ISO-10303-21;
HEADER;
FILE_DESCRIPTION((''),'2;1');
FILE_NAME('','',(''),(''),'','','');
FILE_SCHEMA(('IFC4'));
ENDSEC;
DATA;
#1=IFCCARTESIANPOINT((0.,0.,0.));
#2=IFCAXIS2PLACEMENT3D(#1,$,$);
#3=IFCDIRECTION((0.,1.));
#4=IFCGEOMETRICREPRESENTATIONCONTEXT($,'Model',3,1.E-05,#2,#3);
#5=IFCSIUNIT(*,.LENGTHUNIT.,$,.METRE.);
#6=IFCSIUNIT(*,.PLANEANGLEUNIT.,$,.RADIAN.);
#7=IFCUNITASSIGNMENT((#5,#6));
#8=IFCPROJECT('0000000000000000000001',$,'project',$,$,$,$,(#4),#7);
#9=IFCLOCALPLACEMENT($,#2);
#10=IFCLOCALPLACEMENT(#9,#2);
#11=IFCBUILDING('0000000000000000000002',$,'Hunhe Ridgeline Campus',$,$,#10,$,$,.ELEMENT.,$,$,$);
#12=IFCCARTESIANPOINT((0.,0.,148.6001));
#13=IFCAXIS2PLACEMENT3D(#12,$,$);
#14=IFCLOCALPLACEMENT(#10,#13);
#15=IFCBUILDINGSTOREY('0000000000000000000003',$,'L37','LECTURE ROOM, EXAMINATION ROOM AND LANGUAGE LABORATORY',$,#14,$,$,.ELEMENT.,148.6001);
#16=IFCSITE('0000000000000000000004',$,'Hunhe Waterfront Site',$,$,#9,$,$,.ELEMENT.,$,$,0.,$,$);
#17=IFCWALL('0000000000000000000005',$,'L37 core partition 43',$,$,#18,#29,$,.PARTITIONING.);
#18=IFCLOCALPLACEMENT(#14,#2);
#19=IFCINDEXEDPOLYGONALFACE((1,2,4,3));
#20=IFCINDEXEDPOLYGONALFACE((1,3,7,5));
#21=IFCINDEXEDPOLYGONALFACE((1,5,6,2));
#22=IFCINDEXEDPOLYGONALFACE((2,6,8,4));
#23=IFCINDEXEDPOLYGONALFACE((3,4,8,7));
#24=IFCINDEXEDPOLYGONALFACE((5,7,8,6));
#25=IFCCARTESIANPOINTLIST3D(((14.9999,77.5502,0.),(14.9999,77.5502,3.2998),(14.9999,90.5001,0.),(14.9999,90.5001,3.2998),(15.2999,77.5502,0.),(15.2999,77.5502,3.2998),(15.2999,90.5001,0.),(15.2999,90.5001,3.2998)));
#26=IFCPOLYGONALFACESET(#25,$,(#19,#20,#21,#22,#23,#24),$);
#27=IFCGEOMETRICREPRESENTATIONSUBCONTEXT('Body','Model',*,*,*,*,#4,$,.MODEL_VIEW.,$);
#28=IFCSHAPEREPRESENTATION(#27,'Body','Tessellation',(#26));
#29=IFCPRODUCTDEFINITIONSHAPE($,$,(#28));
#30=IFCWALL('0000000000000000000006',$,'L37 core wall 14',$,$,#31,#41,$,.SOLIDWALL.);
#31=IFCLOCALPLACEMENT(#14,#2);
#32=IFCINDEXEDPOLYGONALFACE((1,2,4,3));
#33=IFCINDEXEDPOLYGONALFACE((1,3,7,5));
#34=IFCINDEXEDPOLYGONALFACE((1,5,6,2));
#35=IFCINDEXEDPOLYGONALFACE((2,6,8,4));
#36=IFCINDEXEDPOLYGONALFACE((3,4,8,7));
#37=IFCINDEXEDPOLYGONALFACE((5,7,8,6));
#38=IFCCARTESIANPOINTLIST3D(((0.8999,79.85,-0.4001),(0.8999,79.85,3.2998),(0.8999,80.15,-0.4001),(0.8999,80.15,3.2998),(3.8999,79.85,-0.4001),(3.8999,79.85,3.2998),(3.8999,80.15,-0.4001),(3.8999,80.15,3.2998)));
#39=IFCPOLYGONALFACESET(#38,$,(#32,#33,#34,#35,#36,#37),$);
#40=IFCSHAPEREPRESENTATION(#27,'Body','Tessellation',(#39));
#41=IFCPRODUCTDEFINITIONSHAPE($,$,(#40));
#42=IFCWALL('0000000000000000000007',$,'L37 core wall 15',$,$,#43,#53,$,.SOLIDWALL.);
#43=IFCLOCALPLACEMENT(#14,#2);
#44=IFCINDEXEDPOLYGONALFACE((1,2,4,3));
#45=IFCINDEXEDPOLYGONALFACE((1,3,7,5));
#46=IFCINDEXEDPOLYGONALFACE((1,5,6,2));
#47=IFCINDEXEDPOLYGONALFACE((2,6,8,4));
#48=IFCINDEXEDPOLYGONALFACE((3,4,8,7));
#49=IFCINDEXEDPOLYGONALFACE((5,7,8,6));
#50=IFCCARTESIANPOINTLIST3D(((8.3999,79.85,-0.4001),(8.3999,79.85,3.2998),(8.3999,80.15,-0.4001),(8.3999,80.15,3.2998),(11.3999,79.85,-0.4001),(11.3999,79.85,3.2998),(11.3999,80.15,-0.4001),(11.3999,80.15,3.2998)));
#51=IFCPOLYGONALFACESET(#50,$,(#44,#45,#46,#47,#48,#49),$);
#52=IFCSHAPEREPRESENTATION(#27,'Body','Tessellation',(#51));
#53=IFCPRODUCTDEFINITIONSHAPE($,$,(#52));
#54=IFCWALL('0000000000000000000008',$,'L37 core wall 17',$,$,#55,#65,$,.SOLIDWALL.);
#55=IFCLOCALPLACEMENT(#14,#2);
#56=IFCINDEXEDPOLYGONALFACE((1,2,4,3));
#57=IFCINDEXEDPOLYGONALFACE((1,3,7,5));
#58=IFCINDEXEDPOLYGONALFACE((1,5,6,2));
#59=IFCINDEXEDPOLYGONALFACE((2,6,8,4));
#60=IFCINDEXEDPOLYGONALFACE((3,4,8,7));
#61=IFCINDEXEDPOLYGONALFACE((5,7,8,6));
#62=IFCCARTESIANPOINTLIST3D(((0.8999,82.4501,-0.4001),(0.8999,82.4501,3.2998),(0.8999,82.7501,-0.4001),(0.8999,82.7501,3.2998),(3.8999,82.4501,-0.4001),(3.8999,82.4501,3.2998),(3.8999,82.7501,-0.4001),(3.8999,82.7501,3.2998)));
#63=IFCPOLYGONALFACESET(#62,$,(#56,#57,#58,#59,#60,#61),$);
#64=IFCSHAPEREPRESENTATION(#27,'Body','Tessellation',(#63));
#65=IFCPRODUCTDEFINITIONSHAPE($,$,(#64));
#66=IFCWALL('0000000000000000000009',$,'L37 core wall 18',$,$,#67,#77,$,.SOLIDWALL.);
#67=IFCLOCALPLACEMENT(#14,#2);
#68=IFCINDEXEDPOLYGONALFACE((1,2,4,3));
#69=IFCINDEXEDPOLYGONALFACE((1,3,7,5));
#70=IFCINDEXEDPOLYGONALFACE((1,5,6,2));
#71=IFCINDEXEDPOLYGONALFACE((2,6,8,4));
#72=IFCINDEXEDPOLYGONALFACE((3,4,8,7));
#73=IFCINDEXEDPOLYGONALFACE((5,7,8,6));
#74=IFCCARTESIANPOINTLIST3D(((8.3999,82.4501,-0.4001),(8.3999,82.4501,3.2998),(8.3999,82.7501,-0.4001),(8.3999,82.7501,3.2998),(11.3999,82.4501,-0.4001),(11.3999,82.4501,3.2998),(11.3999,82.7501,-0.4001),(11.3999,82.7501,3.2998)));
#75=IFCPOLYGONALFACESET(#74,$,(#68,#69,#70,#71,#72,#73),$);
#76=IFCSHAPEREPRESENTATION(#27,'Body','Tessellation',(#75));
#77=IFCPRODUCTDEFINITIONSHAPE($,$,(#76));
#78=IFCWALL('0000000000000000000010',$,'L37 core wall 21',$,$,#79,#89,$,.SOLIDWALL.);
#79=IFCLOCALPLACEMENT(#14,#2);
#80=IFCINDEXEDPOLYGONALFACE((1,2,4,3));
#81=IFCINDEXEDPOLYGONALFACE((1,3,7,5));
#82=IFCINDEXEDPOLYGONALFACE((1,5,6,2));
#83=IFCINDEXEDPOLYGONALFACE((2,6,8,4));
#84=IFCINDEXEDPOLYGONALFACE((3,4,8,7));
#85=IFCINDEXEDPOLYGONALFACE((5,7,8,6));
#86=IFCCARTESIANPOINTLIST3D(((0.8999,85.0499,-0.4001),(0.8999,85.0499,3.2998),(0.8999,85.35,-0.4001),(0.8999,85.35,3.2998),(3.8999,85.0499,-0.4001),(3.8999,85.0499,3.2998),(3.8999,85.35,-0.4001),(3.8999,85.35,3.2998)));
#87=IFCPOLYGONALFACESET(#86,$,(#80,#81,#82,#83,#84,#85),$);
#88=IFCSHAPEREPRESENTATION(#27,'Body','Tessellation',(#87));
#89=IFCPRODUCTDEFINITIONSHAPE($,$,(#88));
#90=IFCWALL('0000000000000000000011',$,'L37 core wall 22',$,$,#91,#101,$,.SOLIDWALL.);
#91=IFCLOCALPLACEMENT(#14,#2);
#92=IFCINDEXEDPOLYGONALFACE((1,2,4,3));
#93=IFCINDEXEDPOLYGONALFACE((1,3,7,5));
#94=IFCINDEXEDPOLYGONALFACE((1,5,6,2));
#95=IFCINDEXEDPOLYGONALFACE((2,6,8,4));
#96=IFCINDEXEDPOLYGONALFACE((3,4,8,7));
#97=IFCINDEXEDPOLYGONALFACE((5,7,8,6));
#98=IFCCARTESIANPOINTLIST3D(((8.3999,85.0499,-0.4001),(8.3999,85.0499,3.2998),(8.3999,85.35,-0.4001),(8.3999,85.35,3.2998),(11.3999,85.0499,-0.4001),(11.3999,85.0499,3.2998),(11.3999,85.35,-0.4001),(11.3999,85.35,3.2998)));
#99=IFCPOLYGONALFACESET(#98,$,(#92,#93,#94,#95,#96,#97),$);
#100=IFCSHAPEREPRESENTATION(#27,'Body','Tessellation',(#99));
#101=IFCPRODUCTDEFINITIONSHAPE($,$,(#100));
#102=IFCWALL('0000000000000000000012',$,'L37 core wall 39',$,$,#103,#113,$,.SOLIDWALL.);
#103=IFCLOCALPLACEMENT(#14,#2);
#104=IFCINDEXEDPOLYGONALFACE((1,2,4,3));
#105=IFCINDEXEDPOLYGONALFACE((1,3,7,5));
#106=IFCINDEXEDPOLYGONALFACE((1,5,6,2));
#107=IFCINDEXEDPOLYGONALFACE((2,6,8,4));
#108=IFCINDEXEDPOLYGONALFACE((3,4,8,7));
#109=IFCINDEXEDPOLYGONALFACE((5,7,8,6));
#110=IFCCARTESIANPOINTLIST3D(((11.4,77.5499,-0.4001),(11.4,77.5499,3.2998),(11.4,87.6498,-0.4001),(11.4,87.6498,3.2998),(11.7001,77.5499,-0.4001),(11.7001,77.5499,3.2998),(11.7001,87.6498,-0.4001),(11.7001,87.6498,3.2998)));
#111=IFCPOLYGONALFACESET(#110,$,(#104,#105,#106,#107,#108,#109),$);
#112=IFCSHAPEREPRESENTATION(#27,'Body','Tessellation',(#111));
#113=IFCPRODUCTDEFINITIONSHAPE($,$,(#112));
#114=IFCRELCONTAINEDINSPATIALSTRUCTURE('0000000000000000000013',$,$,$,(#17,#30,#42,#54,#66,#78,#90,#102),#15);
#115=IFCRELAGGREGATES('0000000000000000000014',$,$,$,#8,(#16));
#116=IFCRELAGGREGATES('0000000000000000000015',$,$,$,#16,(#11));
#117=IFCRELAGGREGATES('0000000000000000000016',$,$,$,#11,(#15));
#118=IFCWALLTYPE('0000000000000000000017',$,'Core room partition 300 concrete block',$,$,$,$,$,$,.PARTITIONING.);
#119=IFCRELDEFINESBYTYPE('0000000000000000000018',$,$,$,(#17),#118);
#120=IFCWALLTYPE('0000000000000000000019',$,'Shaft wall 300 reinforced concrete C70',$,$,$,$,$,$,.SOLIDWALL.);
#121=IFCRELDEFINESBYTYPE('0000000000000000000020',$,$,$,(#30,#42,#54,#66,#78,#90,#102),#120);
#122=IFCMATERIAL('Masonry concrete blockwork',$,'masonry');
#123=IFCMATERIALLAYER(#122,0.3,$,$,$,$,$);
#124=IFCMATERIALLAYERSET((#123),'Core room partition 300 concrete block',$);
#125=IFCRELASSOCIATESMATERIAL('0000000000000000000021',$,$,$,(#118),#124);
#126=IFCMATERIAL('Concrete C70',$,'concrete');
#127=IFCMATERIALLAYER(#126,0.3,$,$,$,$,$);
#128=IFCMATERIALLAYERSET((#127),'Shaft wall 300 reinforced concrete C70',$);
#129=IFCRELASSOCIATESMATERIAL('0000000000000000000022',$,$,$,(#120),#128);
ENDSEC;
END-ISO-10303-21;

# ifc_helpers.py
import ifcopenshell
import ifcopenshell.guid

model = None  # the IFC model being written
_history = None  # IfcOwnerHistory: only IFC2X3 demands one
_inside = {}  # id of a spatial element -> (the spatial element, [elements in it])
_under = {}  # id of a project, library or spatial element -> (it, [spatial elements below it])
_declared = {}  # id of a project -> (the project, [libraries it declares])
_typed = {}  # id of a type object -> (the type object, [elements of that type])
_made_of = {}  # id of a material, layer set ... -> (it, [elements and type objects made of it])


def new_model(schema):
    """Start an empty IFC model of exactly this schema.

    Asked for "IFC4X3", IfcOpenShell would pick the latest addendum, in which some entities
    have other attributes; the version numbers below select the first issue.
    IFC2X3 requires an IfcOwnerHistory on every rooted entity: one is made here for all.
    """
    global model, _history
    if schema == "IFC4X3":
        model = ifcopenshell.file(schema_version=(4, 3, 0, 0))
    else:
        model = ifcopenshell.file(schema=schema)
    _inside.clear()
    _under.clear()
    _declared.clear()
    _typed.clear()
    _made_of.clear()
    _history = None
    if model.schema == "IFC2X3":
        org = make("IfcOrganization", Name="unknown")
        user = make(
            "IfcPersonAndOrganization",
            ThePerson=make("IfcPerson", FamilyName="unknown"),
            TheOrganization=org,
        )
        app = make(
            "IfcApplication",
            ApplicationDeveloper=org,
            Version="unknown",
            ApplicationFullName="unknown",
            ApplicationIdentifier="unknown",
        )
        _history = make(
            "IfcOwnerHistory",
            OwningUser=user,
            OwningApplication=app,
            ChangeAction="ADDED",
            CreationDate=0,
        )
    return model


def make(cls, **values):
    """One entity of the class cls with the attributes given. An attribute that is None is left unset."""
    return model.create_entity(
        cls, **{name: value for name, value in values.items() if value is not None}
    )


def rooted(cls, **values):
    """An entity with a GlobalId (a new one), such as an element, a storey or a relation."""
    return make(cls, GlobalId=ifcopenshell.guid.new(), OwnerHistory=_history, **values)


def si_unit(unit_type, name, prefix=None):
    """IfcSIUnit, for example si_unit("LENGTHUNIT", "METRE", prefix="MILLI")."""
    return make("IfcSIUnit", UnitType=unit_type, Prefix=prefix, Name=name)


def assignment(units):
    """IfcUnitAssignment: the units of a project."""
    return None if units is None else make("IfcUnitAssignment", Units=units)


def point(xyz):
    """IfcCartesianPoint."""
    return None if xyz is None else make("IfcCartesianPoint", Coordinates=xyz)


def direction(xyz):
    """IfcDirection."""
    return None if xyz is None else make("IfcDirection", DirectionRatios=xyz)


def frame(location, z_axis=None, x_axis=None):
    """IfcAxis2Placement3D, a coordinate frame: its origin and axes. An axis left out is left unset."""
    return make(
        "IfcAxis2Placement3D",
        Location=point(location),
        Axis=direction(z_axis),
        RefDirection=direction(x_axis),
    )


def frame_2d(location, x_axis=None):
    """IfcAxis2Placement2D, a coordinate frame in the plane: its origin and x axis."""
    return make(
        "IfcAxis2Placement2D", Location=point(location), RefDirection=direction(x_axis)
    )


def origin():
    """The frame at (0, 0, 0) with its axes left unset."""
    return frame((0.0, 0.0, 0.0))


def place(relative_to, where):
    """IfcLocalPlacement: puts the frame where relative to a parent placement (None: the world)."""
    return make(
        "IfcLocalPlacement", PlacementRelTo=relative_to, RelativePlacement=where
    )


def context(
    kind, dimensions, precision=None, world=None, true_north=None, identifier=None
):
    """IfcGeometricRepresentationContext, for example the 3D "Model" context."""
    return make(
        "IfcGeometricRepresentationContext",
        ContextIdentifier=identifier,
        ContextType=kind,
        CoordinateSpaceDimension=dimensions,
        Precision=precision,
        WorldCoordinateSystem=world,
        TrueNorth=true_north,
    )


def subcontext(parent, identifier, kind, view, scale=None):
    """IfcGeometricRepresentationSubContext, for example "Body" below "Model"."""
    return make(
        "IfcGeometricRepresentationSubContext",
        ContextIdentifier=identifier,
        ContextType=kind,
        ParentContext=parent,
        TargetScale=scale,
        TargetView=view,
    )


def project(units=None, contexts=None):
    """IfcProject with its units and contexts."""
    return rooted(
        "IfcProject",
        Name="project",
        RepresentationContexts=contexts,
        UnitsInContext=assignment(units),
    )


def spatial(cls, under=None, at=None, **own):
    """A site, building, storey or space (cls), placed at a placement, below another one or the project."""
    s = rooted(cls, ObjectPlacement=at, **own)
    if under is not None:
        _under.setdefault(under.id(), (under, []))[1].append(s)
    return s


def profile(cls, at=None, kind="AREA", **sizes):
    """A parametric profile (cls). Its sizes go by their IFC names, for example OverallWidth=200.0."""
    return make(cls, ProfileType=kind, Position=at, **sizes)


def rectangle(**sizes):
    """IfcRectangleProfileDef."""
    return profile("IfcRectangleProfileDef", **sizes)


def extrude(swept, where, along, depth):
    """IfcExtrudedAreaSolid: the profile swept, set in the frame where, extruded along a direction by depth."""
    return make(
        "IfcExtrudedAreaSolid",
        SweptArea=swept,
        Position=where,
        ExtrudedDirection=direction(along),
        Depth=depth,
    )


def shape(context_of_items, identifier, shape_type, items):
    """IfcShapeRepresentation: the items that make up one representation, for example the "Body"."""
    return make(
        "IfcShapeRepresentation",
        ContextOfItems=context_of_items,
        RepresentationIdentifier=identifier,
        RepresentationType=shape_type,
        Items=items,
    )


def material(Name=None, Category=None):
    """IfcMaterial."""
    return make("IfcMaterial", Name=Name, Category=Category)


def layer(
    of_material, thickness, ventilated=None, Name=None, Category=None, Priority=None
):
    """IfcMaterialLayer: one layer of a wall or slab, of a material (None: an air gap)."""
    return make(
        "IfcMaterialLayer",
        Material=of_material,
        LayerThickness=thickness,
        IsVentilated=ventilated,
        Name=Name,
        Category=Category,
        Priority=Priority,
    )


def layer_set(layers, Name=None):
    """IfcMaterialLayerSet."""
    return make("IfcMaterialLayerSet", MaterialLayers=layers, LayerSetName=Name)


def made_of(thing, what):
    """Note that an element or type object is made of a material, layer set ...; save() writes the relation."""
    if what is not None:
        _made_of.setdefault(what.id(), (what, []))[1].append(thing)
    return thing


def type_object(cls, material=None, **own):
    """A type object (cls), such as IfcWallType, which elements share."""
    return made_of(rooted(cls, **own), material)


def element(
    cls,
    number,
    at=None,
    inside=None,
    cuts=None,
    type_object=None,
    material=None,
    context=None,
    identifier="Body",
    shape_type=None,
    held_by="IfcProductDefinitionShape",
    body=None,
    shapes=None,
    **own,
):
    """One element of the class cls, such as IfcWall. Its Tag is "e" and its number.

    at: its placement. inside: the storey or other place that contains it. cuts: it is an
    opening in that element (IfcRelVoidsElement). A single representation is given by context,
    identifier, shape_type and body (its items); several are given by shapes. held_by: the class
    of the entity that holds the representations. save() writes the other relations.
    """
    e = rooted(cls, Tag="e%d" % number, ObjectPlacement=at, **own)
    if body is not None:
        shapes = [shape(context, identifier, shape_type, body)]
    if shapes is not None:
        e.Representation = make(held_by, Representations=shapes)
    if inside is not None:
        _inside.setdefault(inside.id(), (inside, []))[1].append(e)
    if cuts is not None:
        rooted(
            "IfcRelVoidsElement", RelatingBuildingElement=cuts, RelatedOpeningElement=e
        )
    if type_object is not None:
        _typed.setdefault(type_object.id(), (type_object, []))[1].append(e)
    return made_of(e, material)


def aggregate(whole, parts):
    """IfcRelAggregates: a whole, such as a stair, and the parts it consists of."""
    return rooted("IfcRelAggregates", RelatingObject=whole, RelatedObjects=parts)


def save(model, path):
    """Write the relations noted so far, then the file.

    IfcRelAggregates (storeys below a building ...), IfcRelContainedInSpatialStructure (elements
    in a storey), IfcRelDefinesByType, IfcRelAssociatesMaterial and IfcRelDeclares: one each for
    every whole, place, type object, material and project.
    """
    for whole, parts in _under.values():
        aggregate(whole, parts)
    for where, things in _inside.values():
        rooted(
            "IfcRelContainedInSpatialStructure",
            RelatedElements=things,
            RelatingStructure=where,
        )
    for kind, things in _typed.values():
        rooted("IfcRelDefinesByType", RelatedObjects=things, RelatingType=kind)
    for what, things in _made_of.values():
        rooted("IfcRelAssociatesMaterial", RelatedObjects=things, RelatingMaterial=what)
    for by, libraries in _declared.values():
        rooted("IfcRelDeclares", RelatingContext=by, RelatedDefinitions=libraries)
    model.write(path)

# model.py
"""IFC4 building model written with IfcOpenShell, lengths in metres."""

from ifc_helpers import new_model, si_unit, direction, frame, frame_2d, origin, place, context, subcontext, project, spatial, rectangle, extrude, material, layer, layer_set, type_object, element, save


model = new_model("IFC4")

# Units and contexts
model_context = context("Model", 3, precision=1e-05, world=origin(), true_north=direction((0.0, 1.0)))
body_context = subcontext(model_context, "Body", "Model", "MODEL_VIEW")
ifc_project = project(units=[si_unit("LENGTHUNIT", "METRE"), si_unit("PLANEANGLEUNIT", "RADIAN")], contexts=[model_context])

# Site, building, storey
site_placement = place(None, origin())
site = spatial("IfcSite", under=ifc_project, at=site_placement, Name="Hunhe Waterfront Site", CompositionType="ELEMENT", RefElevation=0.0)
building_placement = place(site_placement, origin())
building = spatial("IfcBuilding", under=site, at=building_placement, Name="Hunhe Ridgeline Campus", CompositionType="ELEMENT")
storey_placement = place(building_placement, frame((0.0, 0.0, 148.6001)))
storey = spatial("IfcBuildingStorey", under=building, at=storey_placement, Name="L37", Description="LECTURE ROOM, EXAMINATION ROOM AND LANGUAGE LABORATORY", CompositionType="ELEMENT", Elevation=148.6001)

# Shared definitions
ifc_material_1 = material(Name="Masonry concrete blockwork", Category="masonry")
ifc_layer_1 = layer(ifc_material_1, 0.3)
ifc_layer_set_1 = layer_set([ifc_layer_1], Name="Core room partition 300 concrete block")
wall_type_1 = type_object("IfcWallType", Name="Core room partition 300 concrete block", PredefinedType="PARTITIONING", material=ifc_layer_set_1)

# Wall
wall_1_placement = place(storey_placement, frame((15.1499, 77.55, 0.0), z_axis=(0.0, 0.0, 1.0), x_axis=(0.0, 1.0, 0.0)))
element("IfcWall", 1, at=wall_1_placement, inside=storey, type_object=wall_type_1, Name="L37 core partition 43", PredefinedType="PARTITIONING", context=body_context, shape_type="SweptSolid", body=[
    extrude(rectangle(XDim=12.95, YDim=0.3, at=frame_2d((6.4751, 0.0))), origin(), (0.0, 0.0, 1.0), 3.2998),
])

# Shared definitions
ifc_material_2 = material(Name="Concrete C70", Category="concrete")
ifc_layer_2 = layer(ifc_material_2, 0.3)
ifc_layer_set_2 = layer_set([ifc_layer_2], Name="Shaft wall 300 reinforced concrete C70")
wall_type_2 = type_object("IfcWallType", Name="Shaft wall 300 reinforced concrete C70", PredefinedType="SOLIDWALL", material=ifc_layer_set_2)

# Walls
for number, where, z_axis, x_axis, name in (
    (2, (0.8999, 80.0, -0.4001), (0.0, 0.0, 1.0), (1.0, 0.0, 0.0), "L37 core wall 14"),
    (3, (8.3999, 80.0, -0.4001), (0.0, 0.0, 1.0), (1.0, 0.0, 0.0), "L37 core wall 15"),
    (4, (0.8999, 82.6001, -0.4001), (0.0, 0.0, 1.0), (1.0, 0.0, 0.0), "L37 core wall 17"),
    (5, (8.3999, 82.6001, -0.4001), (0.0, 0.0, 1.0), (1.0, 0.0, 0.0), "L37 core wall 18"),
    (6, (0.8999, 85.2, -0.4001), (0.0, 0.0, 1.0), (1.0, 0.0, 0.0), "L37 core wall 21"),
    (7, (8.3999, 85.2, -0.4001), (0.0, 0.0, 1.0), (1.0, 0.0, 0.0), "L37 core wall 22"),
):
    element("IfcWall", number, at=place(storey_placement, frame(where, z_axis=z_axis, x_axis=x_axis)), inside=storey, type_object=wall_type_2, Name=name, PredefinedType="SOLIDWALL", context=body_context, shape_type="SweptSolid", body=[
        extrude(rectangle(XDim=3.0, YDim=0.3, at=frame_2d((1.5, 0.0))), origin(), (0.0, 0.0, 1.0), 3.7),
    ])

# Wall
wall_2_placement = place(storey_placement, frame((11.55, 77.55, -0.4001), z_axis=(0.0, 0.0, 1.0), x_axis=(0.0, 1.0, 0.0)))
element("IfcWall", 8, at=wall_2_placement, inside=storey, type_object=wall_type_2, Name="L37 core wall 39", PredefinedType="SOLIDWALL", context=body_context, shape_type="SweptSolid", body=[
    extrude(rectangle(XDim=10.0999, YDim=0.3, at=frame_2d((5.0498, 0.0))), origin(), (0.0, 0.0, 1.0), 3.7),
])

save(model, "model.ifc")
